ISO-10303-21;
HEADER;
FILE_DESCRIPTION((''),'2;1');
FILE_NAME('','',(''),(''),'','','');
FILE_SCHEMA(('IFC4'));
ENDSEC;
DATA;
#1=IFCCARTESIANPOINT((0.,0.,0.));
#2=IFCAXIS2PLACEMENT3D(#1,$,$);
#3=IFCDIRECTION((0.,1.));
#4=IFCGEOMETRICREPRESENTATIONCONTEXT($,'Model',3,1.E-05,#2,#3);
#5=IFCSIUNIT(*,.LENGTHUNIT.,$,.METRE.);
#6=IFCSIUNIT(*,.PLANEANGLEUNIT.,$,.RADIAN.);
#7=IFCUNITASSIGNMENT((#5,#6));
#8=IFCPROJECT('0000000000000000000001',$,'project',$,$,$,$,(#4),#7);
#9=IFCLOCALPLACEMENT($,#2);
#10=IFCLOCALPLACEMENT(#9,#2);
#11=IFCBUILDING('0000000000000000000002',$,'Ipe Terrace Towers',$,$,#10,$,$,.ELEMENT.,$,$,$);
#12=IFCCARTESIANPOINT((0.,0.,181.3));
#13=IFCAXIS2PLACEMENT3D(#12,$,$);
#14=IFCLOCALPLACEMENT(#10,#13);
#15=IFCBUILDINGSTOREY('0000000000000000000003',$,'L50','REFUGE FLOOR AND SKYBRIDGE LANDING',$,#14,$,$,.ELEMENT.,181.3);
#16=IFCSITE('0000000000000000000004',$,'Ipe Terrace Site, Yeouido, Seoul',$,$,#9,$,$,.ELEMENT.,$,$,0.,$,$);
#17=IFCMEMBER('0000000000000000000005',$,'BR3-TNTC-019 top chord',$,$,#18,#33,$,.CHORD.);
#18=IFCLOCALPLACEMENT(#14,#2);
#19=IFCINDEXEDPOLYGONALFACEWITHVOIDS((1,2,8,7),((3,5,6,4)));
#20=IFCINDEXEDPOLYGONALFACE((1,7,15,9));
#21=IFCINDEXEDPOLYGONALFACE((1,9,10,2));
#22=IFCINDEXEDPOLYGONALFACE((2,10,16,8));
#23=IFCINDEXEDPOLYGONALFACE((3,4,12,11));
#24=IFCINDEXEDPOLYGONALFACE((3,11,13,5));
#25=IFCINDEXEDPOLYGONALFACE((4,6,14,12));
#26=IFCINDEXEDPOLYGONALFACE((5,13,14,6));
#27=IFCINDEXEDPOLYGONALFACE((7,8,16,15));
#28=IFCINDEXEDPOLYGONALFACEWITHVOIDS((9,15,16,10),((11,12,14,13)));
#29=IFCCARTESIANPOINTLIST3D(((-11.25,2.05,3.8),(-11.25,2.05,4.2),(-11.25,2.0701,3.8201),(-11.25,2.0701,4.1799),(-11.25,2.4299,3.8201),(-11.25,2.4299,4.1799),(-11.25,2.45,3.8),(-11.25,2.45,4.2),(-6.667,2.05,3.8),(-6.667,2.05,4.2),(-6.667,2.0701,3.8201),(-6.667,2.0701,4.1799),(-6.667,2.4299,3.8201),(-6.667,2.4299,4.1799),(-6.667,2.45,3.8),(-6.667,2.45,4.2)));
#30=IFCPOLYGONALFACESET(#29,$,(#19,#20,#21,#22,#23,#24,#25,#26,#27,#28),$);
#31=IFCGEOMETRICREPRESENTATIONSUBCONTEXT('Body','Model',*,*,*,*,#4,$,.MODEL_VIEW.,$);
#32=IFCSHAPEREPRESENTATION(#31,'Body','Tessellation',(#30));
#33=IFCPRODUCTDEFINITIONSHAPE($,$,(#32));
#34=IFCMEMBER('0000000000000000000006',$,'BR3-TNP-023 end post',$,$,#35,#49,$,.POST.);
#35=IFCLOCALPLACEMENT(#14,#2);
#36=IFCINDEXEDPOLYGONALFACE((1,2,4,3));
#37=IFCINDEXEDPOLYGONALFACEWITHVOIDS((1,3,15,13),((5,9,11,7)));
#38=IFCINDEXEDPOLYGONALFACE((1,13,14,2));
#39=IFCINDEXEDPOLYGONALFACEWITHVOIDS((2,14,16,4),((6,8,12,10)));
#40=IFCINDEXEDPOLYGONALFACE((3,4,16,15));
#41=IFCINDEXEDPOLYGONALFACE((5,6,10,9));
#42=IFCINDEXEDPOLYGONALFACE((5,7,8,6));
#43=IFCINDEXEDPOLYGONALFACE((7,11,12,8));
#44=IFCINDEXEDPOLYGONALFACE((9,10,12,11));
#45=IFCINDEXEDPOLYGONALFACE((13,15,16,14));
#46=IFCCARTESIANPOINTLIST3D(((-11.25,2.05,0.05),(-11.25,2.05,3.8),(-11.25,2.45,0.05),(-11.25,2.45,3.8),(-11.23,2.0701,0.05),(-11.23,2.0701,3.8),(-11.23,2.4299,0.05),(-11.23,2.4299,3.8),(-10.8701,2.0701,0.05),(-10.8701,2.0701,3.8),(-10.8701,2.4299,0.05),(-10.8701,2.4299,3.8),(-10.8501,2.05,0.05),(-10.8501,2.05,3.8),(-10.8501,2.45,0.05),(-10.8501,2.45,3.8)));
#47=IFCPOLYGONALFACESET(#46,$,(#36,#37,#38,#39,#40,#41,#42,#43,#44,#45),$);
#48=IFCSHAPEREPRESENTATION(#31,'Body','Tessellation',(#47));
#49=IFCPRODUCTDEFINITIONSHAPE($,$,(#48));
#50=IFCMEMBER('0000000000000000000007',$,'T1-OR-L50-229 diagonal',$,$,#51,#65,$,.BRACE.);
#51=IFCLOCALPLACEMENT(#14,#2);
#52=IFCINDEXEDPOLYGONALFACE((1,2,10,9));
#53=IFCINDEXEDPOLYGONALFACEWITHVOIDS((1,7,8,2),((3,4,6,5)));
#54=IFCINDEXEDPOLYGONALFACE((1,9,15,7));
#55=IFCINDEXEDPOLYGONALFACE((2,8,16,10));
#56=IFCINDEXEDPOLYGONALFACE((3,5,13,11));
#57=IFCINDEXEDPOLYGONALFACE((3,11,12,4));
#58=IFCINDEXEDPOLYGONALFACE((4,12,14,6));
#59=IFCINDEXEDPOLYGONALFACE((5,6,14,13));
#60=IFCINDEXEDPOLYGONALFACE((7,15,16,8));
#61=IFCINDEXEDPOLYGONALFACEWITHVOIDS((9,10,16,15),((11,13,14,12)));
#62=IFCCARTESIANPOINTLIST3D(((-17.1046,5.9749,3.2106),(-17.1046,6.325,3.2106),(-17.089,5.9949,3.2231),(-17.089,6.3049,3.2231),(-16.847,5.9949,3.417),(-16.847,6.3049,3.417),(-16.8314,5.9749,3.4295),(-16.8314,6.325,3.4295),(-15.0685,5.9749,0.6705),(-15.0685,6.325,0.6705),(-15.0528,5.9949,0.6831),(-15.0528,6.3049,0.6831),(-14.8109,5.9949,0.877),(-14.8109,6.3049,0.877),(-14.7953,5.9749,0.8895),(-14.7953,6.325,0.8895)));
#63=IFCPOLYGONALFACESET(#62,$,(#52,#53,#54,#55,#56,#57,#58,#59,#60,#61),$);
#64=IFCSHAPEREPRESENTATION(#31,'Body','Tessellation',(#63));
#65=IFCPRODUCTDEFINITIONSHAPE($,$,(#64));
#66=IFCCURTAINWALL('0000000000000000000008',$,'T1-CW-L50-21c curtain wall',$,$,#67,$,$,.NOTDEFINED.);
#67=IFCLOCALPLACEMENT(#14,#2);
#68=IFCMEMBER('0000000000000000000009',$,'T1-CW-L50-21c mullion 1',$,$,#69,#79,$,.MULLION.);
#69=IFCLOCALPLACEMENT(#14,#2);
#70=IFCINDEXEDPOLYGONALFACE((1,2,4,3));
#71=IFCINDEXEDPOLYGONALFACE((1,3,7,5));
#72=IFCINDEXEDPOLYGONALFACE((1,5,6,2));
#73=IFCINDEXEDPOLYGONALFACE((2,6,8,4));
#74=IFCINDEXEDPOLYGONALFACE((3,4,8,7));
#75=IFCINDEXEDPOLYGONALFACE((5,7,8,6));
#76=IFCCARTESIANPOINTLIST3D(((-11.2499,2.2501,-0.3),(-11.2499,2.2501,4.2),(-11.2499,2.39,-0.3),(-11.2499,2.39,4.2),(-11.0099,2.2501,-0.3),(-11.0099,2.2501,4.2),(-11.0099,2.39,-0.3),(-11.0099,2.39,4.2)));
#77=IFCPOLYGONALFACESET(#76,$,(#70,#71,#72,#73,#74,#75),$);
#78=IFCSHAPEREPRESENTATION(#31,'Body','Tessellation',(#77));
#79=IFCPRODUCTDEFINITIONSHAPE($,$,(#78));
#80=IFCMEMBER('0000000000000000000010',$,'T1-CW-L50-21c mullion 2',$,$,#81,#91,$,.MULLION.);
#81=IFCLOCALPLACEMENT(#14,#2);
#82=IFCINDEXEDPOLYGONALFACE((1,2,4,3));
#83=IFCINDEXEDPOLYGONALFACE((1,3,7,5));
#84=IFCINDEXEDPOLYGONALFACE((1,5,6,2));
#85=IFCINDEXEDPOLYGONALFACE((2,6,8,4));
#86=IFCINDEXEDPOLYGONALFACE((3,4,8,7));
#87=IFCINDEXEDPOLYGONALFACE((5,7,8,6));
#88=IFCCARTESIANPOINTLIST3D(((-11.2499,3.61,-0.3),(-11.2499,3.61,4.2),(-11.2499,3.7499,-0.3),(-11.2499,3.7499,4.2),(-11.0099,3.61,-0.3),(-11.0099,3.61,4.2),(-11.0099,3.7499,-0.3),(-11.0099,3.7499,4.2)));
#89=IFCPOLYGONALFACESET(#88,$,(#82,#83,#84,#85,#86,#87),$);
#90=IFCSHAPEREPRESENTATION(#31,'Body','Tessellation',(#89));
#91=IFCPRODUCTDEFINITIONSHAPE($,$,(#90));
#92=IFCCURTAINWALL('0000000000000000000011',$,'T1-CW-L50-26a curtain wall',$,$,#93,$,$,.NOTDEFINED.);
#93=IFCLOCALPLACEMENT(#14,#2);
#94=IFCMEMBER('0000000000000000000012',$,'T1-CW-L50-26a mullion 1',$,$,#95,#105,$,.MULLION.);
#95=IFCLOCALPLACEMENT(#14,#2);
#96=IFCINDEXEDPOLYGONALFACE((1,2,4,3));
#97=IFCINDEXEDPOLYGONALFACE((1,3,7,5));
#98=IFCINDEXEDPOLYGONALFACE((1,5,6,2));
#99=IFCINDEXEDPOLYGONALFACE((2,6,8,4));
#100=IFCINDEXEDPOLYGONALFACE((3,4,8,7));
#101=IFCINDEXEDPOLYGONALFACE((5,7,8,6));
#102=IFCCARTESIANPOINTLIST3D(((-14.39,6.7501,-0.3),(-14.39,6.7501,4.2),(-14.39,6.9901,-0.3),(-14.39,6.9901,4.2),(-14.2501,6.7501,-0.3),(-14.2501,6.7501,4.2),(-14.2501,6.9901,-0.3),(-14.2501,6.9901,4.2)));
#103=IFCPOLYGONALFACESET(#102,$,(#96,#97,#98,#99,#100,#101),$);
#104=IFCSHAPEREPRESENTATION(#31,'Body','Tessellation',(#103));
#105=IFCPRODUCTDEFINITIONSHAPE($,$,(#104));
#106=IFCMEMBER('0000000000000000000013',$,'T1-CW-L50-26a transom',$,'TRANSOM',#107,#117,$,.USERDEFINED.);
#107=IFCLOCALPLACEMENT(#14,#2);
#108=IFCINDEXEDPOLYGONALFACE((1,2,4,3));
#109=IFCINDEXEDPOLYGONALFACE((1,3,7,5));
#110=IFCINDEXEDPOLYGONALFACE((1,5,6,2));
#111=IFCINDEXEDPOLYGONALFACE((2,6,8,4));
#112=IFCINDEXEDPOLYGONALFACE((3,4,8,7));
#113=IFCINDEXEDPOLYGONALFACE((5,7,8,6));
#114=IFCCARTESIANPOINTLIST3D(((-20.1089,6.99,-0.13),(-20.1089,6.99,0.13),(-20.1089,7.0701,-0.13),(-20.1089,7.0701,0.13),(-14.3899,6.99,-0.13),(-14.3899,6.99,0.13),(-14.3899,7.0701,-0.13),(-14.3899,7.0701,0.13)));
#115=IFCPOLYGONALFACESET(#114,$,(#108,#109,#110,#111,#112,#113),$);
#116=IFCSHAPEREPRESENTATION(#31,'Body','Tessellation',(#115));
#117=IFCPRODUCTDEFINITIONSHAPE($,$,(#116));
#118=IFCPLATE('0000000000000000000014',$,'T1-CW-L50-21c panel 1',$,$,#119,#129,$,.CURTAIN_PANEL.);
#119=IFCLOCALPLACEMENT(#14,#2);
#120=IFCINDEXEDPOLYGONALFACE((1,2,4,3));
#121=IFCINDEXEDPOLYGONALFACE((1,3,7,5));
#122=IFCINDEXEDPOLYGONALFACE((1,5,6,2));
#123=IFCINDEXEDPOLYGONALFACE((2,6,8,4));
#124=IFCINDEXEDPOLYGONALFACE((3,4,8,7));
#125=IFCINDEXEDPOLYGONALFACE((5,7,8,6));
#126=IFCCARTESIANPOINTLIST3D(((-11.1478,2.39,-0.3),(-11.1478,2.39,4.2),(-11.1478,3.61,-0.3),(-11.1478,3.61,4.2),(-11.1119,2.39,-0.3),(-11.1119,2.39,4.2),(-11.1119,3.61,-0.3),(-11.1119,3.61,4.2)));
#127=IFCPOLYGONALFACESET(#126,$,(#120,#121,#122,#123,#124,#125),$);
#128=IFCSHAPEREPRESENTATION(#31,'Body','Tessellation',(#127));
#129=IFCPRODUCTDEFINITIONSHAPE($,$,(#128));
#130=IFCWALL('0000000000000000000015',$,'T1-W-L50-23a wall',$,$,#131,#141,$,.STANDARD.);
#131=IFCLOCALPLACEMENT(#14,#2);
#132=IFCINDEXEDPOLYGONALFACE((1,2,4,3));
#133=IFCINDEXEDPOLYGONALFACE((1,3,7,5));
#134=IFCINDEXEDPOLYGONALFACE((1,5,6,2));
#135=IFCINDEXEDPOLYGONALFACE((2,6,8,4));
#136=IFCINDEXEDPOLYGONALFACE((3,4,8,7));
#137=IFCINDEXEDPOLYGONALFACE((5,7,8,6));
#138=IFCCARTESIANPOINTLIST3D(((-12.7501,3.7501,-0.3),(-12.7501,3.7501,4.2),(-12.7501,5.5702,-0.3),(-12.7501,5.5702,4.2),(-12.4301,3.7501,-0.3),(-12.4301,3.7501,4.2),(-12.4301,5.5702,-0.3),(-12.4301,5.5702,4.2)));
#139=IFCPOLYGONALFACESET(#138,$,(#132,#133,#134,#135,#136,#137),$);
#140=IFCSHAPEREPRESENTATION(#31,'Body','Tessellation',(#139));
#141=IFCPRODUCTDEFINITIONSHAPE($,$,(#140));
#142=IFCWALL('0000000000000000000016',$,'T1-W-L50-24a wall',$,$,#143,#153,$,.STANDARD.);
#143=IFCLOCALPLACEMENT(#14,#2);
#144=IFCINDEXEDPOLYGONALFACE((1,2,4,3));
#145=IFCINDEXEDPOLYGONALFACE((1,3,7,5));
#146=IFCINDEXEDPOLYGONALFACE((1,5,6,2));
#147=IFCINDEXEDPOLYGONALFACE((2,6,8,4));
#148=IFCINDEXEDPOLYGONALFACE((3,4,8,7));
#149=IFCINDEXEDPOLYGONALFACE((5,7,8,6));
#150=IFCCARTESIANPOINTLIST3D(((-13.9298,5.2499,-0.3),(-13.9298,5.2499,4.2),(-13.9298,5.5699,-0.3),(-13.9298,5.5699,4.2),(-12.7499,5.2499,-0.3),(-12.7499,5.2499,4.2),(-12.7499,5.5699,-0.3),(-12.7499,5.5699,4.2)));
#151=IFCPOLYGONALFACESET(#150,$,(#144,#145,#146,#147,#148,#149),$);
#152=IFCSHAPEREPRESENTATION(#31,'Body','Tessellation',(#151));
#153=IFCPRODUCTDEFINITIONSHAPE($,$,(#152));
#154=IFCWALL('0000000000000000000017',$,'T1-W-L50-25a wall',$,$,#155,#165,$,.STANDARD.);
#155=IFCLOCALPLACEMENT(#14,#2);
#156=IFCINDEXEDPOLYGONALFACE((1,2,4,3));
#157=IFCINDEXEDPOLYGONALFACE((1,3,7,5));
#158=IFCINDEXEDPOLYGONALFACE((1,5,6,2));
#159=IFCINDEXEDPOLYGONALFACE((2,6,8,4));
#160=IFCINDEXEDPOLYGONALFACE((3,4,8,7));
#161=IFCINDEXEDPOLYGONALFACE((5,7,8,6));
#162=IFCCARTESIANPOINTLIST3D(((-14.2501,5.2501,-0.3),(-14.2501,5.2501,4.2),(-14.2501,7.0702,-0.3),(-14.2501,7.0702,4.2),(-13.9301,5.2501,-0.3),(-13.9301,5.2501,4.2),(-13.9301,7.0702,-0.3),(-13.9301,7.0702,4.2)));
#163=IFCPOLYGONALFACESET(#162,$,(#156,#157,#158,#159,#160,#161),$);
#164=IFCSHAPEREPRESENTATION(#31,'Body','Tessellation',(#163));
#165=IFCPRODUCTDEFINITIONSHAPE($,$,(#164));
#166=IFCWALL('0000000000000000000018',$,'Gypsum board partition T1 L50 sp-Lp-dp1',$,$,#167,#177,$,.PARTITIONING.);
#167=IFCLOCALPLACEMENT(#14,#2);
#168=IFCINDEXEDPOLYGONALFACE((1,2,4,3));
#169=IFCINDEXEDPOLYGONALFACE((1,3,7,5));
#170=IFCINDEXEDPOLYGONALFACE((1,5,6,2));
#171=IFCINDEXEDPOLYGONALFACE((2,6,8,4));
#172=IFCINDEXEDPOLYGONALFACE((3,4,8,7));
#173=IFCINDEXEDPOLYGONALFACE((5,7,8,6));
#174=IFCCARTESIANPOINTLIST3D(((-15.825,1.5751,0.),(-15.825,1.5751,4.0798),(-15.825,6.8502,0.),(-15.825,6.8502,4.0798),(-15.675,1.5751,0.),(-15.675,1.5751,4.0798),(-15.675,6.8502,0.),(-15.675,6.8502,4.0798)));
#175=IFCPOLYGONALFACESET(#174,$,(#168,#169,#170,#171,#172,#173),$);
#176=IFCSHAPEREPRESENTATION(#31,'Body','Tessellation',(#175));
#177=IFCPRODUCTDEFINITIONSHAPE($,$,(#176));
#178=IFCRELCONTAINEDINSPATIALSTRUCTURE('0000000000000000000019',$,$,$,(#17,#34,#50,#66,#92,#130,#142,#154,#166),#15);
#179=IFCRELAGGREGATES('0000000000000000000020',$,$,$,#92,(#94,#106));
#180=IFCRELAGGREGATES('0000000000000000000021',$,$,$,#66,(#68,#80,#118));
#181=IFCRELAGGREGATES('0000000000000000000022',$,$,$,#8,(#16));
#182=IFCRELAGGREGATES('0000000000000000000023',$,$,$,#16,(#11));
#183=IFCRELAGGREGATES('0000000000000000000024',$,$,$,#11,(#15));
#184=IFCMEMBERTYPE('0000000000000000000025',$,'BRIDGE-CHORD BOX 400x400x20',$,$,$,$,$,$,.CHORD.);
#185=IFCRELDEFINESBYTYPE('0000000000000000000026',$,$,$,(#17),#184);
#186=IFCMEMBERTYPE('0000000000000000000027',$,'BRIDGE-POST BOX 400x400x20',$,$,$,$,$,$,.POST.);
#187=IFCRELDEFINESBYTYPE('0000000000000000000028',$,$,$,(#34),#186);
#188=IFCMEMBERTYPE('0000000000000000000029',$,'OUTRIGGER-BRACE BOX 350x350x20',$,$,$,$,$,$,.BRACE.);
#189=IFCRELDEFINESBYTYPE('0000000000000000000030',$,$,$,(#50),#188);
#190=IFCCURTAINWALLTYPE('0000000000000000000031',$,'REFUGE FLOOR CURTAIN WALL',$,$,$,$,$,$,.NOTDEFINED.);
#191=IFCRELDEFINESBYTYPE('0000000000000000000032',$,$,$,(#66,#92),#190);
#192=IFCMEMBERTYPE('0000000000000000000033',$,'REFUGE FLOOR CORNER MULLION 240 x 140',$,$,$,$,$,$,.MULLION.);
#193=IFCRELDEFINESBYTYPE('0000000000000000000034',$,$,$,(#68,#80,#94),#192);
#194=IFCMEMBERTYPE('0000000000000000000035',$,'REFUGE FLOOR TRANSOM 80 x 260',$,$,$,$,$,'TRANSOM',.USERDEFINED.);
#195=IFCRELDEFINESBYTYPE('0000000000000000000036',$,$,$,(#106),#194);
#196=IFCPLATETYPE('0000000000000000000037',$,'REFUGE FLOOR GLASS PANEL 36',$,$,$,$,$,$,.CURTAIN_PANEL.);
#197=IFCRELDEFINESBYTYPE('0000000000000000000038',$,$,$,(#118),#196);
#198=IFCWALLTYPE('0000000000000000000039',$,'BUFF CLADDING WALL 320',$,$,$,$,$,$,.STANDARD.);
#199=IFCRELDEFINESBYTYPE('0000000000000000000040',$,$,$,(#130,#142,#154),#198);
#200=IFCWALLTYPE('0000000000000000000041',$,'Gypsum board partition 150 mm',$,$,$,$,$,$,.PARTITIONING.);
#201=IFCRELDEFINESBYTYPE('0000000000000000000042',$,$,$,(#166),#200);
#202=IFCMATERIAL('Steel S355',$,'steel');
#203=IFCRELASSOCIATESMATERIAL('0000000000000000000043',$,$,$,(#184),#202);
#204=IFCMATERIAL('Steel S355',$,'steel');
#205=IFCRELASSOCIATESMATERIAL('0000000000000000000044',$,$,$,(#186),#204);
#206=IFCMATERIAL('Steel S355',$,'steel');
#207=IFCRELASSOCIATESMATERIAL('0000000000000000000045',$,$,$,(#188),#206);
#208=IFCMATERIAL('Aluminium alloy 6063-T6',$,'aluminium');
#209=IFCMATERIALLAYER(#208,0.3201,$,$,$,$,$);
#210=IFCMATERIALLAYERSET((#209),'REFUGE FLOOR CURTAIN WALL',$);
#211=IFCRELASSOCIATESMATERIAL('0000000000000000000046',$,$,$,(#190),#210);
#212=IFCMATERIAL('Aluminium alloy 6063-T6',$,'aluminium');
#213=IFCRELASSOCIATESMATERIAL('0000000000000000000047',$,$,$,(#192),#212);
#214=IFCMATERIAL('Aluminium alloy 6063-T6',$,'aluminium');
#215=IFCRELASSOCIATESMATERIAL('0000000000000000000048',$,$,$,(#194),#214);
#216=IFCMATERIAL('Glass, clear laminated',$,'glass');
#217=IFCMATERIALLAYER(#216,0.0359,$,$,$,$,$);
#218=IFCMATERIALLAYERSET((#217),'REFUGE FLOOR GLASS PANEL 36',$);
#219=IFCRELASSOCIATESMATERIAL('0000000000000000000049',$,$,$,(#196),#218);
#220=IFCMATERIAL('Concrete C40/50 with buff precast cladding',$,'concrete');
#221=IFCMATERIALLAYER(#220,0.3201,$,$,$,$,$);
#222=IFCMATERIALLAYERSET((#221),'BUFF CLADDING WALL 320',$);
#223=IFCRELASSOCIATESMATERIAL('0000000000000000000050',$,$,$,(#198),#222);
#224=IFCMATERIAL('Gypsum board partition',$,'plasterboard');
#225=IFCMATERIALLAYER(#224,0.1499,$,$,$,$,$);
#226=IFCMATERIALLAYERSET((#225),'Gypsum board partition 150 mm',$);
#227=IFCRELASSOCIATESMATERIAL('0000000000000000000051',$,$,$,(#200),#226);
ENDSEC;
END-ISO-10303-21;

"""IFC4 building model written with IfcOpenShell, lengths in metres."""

from ifc_helpers import new_model, si_unit, direction, frame, frame_2d, origin, origin_2d, place, context, subcontext, project, spatial, rectangle, hollow_rectangle, extrude, material, layer, layer_set, material_profile, profile_set, type_object, element, aggregate, save


model = new_model("IFC4")

# Units and contexts
model_context = context("Model", 3, precision=1e-05, world=origin(), true_north=direction((0.0, 1.0)))
body_context = subcontext(model_context, "Body", "Model", "MODEL_VIEW")
ifc_project = project(units=[si_unit("LENGTHUNIT", "METRE"), si_unit("PLANEANGLEUNIT", "RADIAN")], contexts=[model_context])

# Site, building, storey
site_placement = place(None, origin())
site = spatial("IfcSite", under=ifc_project, at=site_placement, Name="Ipe Terrace Site, Yeouido, Seoul", CompositionType="ELEMENT", RefElevation=0.0)
building_placement = place(site_placement, origin())
building = spatial("IfcBuilding", under=site, at=building_placement, Name="Ipe Terrace Towers", CompositionType="ELEMENT")
storey_placement = place(building_placement, frame((0.0, 0.0, 181.3)))
storey = spatial("IfcBuildingStorey", under=building, at=storey_placement, Name="L50", Description="REFUGE FLOOR AND SKYBRIDGE LANDING", CompositionType="ELEMENT", Elevation=181.3)

# Members
ifc_material_1 = material(Name="Steel S355", Category="steel")
ifc_material_profile_1 = material_profile(ifc_material_1, hollow_rectangle(XDim=0.3999, YDim=0.3999, WallThickness=0.02, at=origin_2d()), Name="BRIDGE-CHORD BOX 400x400x20")
ifc_profile_set_1 = profile_set([ifc_material_profile_1], Name="Steel S355")
member_type_1 = type_object("IfcMemberType", Name="BRIDGE-CHORD BOX 400x400x20", PredefinedType="CHORD", material=ifc_profile_set_1)
member_1_placement = place(storey_placement, frame((-11.25, 2.25, 4.0), z_axis=(1.0, 0.0, 0.0), x_axis=(0.0, 1.0, 0.0)))
element("IfcMember", 1, at=member_1_placement, inside=storey, type_object=member_type_1, Name="BR3-TNTC-019 top chord", PredefinedType="CHORD", context=body_context, shape_type="SweptSolid", body=[
    extrude(hollow_rectangle(XDim=0.3999, YDim=0.3999, WallThickness=0.02, at=origin_2d()), origin(), (0.0, 0.0, 1.0), 4.583),
])
ifc_material_2 = material(Name="Steel S355", Category="steel")
ifc_material_profile_2 = material_profile(ifc_material_2, hollow_rectangle(XDim=0.3999, YDim=0.3999, WallThickness=0.02, at=origin_2d()), Name="BRIDGE-POST BOX 400x400x20")
ifc_profile_set_2 = profile_set([ifc_material_profile_2], Name="Steel S355")
member_type_2 = type_object("IfcMemberType", Name="BRIDGE-POST BOX 400x400x20", PredefinedType="POST", material=ifc_profile_set_2)
member_2_placement = place(storey_placement, frame((-11.05, 2.25, 0.05), z_axis=(0.0, 0.0, 1.0), x_axis=(1.0, 0.0, 0.0)))
element("IfcMember", 2, at=member_2_placement, inside=storey, type_object=member_type_2, Name="BR3-TNP-023 end post", PredefinedType="POST", context=body_context, shape_type="SweptSolid", body=[
    extrude(hollow_rectangle(XDim=0.3999, YDim=0.3999, WallThickness=0.02, at=origin_2d()), origin(), (0.0, 0.0, 1.0), 3.75),
])
ifc_material_3 = material(Name="Steel S355", Category="steel")
ifc_material_profile_3 = material_profile(ifc_material_3, hollow_rectangle(XDim=0.3501, YDim=0.3501, WallThickness=0.02, at=origin_2d()), Name="OUTRIGGER-BRACE BOX 350x350x20")
ifc_profile_set_3 = profile_set([ifc_material_profile_3], Name="Steel S355")
member_type_3 = type_object("IfcMemberType", Name="OUTRIGGER-BRACE BOX 350x350x20", PredefinedType="BRACE", material=ifc_profile_set_3)
member_3_placement = place(storey_placement, frame((-14.9319, 6.1499, 0.78), z_axis=(-0.625463, 0.0, 0.780254), x_axis=(0.0, -1.0, 0.0)))
element("IfcMember", 3, at=member_3_placement, inside=storey, type_object=member_type_3, Name="T1-OR-L50-229 diagonal", PredefinedType="BRACE", context=body_context, shape_type="SweptSolid", body=[
    extrude(hollow_rectangle(XDim=0.3501, YDim=0.3501, WallThickness=0.02, at=origin_2d()), origin(), (0.0, 0.0, 1.0), 3.2554),
])

# Curtain walls, members
ifc_material_4 = material(Name="Aluminium alloy 6063-T6", Category="aluminium")
ifc_layer_1 = layer(ifc_material_4, 0.3201)
ifc_layer_set_1 = layer_set([ifc_layer_1], Name="REFUGE FLOOR CURTAIN WALL")
curtain_wall_type_1 = type_object("IfcCurtainWallType", Name="REFUGE FLOOR CURTAIN WALL", PredefinedType="NOTDEFINED", material=ifc_layer_set_1)
curtain_wall_1_placement = place(storey_placement, origin())
curtain_wall_1 = element("IfcCurtainWall", 4, at=curtain_wall_1_placement, inside=storey, type_object=curtain_wall_type_1, Name="T1-CW-L50-21c curtain wall", PredefinedType="NOTDEFINED")
ifc_material_5 = material(Name="Aluminium alloy 6063-T6", Category="aluminium")
ifc_material_profile_4 = material_profile(ifc_material_5, rectangle(XDim=0.24, YDim=0.1399, at=origin_2d()), Name="REFUGE FLOOR CORNER MULLION 240 x 140")
ifc_profile_set_4 = profile_set([ifc_material_profile_4], Name="Aluminium alloy 6063-T6")
member_type_4 = type_object("IfcMemberType", Name="REFUGE FLOOR CORNER MULLION 240 x 140", PredefinedType="MULLION", material=ifc_profile_set_4)
member_4_placement = place(storey_placement, frame((-11.1299, 2.3201, -0.3), z_axis=(0.0, 0.0, 1.0), x_axis=(1.0, 0.0, 0.0)))
member_4 = element("IfcMember", 5, at=member_4_placement, type_object=member_type_4, Name="T1-CW-L50-21c mullion 1", PredefinedType="MULLION", context=body_context, shape_type="SweptSolid", body=[
    extrude(rectangle(XDim=0.24, YDim=0.1399, at=origin_2d()), origin(), (0.0, 0.0, 1.0), 4.5),
])
member_5_placement = place(storey_placement, frame((-11.1299, 3.6799, -0.3), z_axis=(0.0, 0.0, 1.0), x_axis=(1.0, 0.0, 0.0)))
member_5 = element("IfcMember", 6, at=member_5_placement, type_object=member_type_4, Name="T1-CW-L50-21c mullion 2", PredefinedType="MULLION", context=body_context, shape_type="SweptSolid", body=[
    extrude(rectangle(XDim=0.24, YDim=0.1399, at=origin_2d()), origin(), (0.0, 0.0, 1.0), 4.5),
])
curtain_wall_2_placement = place(storey_placement, origin())
curtain_wall_2 = element("IfcCurtainWall", 7, at=curtain_wall_2_placement, inside=storey, type_object=curtain_wall_type_1, Name="T1-CW-L50-26a curtain wall", PredefinedType="NOTDEFINED")
member_6_placement = place(storey_placement, frame((-14.3201, 6.8701, -0.3), z_axis=(0.0, 0.0, 1.0), x_axis=(0.0, 1.0, 0.0)))
member_6 = element("IfcMember", 8, at=member_6_placement, type_object=member_type_4, Name="T1-CW-L50-26a mullion 1", PredefinedType="MULLION", context=body_context, shape_type="SweptSolid", body=[
    extrude(rectangle(XDim=0.24, YDim=0.1399, at=origin_2d()), origin(), (0.0, 0.0, 1.0), 4.5),
])
ifc_material_6 = material(Name="Aluminium alloy 6063-T6", Category="aluminium")
ifc_material_profile_5 = material_profile(ifc_material_6, rectangle(XDim=0.0801, YDim=0.26, at=origin_2d()), Name="REFUGE FLOOR TRANSOM 80 x 260")
ifc_profile_set_5 = profile_set([ifc_material_profile_5], Name="Aluminium alloy 6063-T6")
member_type_5 = type_object("IfcMemberType", Name="REFUGE FLOOR TRANSOM 80 x 260", ElementType="TRANSOM", PredefinedType="USERDEFINED", material=ifc_profile_set_5)
member_7_placement = place(storey_placement, frame((-14.3899, 7.03, 0.0), z_axis=(-1.0, 0.0, 0.0), x_axis=(0.0, 1.0, 0.0)))
member_7 = element("IfcMember", 9, at=member_7_placement, type_object=member_type_5, Name="T1-CW-L50-26a transom", ObjectType="TRANSOM", PredefinedType="USERDEFINED", context=body_context, shape_type="SweptSolid", body=[
    extrude(rectangle(XDim=0.0801, YDim=0.26, at=origin_2d()), origin(), (0.0, 0.0, 1.0), 5.719),
])
aggregate(curtain_wall_2, [member_6, member_7])

# Plate
ifc_material_7 = material(Name="Glass, clear laminated", Category="glass")
ifc_layer_2 = layer(ifc_material_7, 0.0359)
ifc_layer_set_2 = layer_set([ifc_layer_2], Name="REFUGE FLOOR GLASS PANEL 36")
plate_type = type_object("IfcPlateType", Name="REFUGE FLOOR GLASS PANEL 36", PredefinedType="CURTAIN_PANEL", material=ifc_layer_set_2)
plate_placement = place(storey_placement, frame((-11.1299, 3.0, -0.3), z_axis=(0.0, 0.0, 1.0), x_axis=(0.0, 1.0, 0.0)))
plate = element("IfcPlate", 10, at=plate_placement, type_object=plate_type, Name="T1-CW-L50-21c panel 1", PredefinedType="CURTAIN_PANEL", context=body_context, shape_type="SweptSolid", body=[
    extrude(rectangle(XDim=1.22, YDim=0.0359, at=origin_2d()), origin(), (0.0, 0.0, 1.0), 4.5),
])
aggregate(curtain_wall_1, [member_4, member_5, plate])

# Walls
ifc_material_8 = material(Name="Concrete C40/50 with buff precast cladding", Category="concrete")
ifc_layer_3 = layer(ifc_material_8, 0.3201)
ifc_layer_set_3 = layer_set([ifc_layer_3], Name="BUFF CLADDING WALL 320")
wall_type_1 = type_object("IfcWallType", Name="BUFF CLADDING WALL 320", PredefinedType="STANDARD", material=ifc_layer_set_3)
wall_1_placement = place(storey_placement, frame((-12.5901, 3.75, -0.3), z_axis=(0.0, 0.0, 1.0), x_axis=(0.0, 1.0, 0.0)))
element("IfcWall", 11, at=wall_1_placement, inside=storey, type_object=wall_type_1, Name="T1-W-L50-23a wall", PredefinedType="STANDARD", context=body_context, shape_type="SweptSolid", body=[
    extrude(rectangle(XDim=1.8201, YDim=0.3201, at=frame_2d((0.9102, 0.0))), origin(), (0.0, 0.0, 1.0), 4.5),
])
wall_2_placement = place(storey_placement, frame((-12.75, 5.4099, -0.3), z_axis=(0.0, 0.0, 1.0), x_axis=(-1.0, 0.0, 0.0)))
element("IfcWall", 12, at=wall_2_placement, inside=storey, type_object=wall_type_1, Name="T1-W-L50-24a wall", PredefinedType="STANDARD", context=body_context, shape_type="SweptSolid", body=[
    extrude(rectangle(XDim=1.1799, YDim=0.3201, at=frame_2d((0.5898, 0.0))), origin(), (0.0, 0.0, 1.0), 4.5),
])
wall_3_placement = place(storey_placement, frame((-14.0901, 5.25, -0.3), z_axis=(0.0, 0.0, 1.0), x_axis=(0.0, 1.0, 0.0)))
element("IfcWall", 13, at=wall_3_placement, inside=storey, type_object=wall_type_1, Name="T1-W-L50-25a wall", PredefinedType="STANDARD", context=body_context, shape_type="SweptSolid", body=[
    extrude(rectangle(XDim=1.8201, YDim=0.3201, at=frame_2d((0.9102, 0.0))), origin(), (0.0, 0.0, 1.0), 4.5),
])
ifc_material_9 = material(Name="Gypsum board partition", Category="plasterboard")
ifc_layer_4 = layer(ifc_material_9, 0.1499)
ifc_layer_set_4 = layer_set([ifc_layer_4], Name="Gypsum board partition 150 mm")
wall_type_2 = type_object("IfcWallType", Name="Gypsum board partition 150 mm", PredefinedType="PARTITIONING", material=ifc_layer_set_4)
for number, where, z_axis, x_axis, name in (
    (14, (-15.75, 1.575, 0.0), (0.0, 0.0, 1.0), (0.0, 1.0, 0.0), "Gypsum board partition T1 L50 sp-Lp-dp1"),
):
    element("IfcWall", number, at=place(storey_placement, frame(where, z_axis=z_axis, x_axis=x_axis)), inside=storey, type_object=wall_type_2, Name=name, PredefinedType="PARTITIONING", context=body_context, shape_type="SweptSolid", body=[
        extrude(rectangle(XDim=5.2751, YDim=0.1499, at=frame_2d((2.6377, 0.0))), origin(), (0.0, 0.0, 1.0), 4.0798),
    ])

save(model, "model.ifc")
